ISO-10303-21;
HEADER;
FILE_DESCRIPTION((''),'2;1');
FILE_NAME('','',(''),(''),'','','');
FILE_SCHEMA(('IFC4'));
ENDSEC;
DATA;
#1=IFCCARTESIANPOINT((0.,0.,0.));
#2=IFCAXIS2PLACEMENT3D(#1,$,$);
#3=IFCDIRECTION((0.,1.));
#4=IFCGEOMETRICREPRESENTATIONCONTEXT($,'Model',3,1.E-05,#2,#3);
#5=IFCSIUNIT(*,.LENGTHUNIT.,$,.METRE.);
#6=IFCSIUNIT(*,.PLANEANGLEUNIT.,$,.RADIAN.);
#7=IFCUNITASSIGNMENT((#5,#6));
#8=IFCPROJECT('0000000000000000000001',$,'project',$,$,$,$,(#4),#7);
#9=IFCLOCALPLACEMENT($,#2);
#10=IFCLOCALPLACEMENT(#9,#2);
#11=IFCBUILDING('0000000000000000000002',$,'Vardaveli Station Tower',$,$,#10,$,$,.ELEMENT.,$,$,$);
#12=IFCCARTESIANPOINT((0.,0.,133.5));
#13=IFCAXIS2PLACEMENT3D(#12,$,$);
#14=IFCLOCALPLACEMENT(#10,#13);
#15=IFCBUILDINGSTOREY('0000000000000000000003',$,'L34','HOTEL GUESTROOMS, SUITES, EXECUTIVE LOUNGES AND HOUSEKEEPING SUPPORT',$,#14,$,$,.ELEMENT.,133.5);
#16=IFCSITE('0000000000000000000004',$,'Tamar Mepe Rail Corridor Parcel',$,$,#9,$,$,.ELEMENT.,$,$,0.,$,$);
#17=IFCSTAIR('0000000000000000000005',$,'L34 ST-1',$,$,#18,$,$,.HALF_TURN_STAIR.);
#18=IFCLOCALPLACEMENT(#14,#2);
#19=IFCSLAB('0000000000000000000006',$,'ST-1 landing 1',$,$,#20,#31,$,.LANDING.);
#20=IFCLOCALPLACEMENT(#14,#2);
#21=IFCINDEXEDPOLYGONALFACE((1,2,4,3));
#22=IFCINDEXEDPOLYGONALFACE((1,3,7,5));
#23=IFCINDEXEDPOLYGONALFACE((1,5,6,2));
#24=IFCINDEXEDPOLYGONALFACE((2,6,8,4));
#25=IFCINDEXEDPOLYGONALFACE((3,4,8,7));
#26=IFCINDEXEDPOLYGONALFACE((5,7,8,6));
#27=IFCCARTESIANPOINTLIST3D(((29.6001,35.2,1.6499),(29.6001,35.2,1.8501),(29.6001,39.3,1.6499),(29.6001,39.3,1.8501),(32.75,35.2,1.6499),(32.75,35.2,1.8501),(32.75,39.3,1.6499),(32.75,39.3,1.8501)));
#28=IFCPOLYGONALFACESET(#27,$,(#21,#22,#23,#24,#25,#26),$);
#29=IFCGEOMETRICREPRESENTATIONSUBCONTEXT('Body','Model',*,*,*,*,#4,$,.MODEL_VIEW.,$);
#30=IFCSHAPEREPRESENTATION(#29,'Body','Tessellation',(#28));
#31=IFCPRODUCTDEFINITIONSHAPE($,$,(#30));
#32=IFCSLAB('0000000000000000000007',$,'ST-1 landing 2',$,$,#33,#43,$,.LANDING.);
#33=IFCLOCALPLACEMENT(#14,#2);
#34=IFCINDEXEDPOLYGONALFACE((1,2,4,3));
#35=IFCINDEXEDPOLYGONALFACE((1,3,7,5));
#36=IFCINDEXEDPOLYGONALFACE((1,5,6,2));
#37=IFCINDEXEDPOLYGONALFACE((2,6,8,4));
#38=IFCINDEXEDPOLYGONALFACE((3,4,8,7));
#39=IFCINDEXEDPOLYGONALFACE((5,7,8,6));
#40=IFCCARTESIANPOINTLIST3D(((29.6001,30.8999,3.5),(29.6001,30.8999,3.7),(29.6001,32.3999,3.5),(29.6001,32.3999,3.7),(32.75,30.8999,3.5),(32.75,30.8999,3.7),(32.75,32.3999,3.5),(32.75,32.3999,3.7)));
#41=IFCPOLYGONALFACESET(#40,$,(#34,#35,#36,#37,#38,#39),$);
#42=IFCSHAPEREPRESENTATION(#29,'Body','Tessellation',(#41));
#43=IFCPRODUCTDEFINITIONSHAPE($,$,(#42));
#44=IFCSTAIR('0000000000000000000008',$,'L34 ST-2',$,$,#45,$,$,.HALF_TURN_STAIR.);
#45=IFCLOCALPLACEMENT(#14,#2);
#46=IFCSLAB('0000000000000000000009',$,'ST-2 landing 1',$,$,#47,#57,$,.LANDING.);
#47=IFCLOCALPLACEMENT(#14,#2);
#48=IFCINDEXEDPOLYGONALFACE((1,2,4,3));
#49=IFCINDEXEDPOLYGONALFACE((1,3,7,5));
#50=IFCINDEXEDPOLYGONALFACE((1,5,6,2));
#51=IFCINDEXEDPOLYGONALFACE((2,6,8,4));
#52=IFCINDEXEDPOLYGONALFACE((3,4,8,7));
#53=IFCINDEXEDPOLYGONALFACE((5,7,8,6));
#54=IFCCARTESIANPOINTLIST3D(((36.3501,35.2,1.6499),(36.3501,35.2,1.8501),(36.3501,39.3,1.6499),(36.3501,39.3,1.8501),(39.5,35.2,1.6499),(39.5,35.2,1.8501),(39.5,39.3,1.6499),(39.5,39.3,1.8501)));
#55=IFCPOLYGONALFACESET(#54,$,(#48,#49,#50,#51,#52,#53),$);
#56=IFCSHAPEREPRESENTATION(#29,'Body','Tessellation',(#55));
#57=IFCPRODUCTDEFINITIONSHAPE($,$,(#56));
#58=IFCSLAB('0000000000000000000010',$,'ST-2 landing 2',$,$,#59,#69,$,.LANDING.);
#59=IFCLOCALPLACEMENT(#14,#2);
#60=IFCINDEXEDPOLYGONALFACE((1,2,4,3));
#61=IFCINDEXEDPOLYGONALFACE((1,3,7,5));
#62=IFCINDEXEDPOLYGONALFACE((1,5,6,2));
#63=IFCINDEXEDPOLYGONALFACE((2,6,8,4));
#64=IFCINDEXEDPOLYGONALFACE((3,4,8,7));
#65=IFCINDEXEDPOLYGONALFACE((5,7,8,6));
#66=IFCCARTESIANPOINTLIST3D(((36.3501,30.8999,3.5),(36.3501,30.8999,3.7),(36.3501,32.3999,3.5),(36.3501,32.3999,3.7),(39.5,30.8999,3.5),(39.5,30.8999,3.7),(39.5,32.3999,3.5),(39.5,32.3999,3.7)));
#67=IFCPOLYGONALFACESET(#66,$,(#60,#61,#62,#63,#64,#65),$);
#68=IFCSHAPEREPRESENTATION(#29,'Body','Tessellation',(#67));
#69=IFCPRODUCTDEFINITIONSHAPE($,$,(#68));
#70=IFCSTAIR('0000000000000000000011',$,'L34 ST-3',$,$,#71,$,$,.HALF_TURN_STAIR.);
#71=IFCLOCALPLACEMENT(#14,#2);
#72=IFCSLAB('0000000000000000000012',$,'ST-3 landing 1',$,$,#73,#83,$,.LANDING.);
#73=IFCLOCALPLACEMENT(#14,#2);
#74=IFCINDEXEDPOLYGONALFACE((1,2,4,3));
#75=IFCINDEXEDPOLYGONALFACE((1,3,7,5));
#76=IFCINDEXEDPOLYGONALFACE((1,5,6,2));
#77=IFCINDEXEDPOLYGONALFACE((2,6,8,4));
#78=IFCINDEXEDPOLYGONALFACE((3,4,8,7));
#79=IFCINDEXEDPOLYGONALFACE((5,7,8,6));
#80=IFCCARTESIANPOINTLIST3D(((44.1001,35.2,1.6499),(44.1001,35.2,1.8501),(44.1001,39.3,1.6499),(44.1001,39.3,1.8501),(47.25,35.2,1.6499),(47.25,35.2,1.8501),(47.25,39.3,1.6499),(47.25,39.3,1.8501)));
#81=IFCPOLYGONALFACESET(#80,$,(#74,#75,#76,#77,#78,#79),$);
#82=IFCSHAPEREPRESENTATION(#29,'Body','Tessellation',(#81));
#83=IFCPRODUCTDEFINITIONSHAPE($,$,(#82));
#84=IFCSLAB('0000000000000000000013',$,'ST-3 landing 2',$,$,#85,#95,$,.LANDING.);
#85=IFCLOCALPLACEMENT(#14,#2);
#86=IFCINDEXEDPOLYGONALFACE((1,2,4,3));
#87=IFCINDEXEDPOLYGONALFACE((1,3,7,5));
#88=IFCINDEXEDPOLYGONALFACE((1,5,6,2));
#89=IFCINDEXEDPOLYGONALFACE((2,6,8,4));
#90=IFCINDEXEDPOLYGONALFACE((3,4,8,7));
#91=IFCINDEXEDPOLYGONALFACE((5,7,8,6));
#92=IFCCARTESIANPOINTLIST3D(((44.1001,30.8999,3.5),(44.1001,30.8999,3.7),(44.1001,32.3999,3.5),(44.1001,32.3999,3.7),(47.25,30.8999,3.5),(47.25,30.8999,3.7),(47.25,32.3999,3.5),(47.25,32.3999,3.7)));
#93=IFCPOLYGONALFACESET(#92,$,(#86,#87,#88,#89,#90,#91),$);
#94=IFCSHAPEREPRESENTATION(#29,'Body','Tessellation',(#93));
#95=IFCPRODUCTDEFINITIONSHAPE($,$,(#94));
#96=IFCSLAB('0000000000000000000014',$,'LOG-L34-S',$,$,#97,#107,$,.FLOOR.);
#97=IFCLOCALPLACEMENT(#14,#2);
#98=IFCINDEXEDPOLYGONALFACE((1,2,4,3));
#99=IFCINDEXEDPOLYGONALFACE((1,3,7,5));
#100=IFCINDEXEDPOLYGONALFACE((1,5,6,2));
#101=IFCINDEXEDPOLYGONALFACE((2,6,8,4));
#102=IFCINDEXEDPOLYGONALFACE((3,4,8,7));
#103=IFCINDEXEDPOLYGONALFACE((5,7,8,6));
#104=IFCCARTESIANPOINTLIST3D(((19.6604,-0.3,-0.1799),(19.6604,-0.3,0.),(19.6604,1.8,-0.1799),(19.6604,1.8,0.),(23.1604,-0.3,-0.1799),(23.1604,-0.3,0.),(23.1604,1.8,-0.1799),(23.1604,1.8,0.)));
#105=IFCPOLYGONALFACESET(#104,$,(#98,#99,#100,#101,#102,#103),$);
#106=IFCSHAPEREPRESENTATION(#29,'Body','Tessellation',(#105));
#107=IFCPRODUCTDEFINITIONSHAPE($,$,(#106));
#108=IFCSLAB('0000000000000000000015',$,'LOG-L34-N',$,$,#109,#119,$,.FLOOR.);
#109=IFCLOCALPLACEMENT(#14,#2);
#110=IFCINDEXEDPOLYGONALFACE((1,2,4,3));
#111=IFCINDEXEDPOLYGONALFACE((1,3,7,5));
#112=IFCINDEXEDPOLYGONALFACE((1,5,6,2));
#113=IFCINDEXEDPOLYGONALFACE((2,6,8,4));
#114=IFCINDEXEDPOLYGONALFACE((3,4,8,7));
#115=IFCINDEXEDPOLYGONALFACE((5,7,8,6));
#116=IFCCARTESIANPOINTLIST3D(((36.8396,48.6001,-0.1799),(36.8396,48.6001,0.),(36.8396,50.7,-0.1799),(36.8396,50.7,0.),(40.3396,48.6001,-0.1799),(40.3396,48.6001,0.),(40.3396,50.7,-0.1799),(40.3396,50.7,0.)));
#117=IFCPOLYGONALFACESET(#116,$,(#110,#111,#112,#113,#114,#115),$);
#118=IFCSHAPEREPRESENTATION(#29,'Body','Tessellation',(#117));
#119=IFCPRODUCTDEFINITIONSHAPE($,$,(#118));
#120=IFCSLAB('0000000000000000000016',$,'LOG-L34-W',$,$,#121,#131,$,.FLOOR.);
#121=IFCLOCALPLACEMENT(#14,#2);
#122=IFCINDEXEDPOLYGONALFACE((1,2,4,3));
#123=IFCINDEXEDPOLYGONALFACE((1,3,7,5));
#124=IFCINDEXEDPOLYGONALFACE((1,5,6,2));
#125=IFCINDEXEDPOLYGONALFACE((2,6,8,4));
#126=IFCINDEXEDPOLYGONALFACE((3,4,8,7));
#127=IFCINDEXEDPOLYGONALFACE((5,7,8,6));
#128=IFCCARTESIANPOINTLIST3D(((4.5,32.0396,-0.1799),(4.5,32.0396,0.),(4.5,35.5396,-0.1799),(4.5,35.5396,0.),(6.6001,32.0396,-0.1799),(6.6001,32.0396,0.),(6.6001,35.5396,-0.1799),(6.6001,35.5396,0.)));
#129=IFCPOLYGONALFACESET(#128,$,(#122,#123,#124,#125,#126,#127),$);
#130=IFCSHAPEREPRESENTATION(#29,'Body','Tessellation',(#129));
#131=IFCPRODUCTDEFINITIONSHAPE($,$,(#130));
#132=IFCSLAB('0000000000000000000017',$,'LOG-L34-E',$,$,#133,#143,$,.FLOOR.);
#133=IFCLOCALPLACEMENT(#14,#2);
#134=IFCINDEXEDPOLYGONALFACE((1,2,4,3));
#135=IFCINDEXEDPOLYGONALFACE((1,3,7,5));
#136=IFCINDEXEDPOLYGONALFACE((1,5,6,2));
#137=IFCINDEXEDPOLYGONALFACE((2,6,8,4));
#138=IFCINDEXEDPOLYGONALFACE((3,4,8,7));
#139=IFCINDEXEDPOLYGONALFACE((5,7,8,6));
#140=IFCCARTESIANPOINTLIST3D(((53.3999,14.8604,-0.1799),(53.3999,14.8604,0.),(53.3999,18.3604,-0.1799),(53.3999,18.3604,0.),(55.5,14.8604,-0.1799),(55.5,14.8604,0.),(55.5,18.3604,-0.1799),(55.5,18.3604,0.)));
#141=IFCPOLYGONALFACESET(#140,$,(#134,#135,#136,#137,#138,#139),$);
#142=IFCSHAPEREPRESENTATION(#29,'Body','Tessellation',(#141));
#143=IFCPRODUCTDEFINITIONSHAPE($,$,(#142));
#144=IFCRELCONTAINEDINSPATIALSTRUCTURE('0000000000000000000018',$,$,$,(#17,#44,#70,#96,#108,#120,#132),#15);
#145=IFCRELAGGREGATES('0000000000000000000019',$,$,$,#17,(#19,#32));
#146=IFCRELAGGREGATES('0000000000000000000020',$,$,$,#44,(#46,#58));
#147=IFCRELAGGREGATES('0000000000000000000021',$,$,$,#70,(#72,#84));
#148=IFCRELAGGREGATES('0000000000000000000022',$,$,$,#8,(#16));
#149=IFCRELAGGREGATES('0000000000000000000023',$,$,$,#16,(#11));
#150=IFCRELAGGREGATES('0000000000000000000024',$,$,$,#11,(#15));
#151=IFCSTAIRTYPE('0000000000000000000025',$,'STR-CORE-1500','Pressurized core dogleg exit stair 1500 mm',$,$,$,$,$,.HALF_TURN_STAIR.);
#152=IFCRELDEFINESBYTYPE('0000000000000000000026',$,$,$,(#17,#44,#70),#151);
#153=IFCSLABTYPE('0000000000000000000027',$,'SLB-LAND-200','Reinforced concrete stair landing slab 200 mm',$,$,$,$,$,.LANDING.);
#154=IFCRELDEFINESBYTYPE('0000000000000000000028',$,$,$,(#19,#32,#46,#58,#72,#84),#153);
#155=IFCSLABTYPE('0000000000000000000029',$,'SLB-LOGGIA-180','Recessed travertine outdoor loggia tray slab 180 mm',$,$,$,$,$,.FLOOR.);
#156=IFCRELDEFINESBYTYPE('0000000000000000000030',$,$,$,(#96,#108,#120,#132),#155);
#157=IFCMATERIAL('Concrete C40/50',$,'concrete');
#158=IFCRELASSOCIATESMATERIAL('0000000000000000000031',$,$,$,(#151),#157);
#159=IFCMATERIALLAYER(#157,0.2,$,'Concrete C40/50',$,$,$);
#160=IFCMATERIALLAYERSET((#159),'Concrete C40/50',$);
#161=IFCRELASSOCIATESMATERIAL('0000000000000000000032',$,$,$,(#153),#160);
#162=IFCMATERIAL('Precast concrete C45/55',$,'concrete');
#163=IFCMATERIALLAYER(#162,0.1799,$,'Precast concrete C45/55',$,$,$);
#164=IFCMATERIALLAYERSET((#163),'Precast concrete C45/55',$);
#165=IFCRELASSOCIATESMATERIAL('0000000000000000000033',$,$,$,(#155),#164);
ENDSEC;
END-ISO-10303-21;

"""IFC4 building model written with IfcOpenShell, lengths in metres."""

from ifc_helpers import new_model, si_unit, direction, frame, origin, place, context, subcontext, project, spatial, polyline, outline, extrude, material, layer, layer_set, type_object, element, aggregate, save


model = new_model("IFC4")

# Units and contexts
model_context = context("Model", 3, precision=1e-05, world=origin(), true_north=direction((0.0, 1.0)))
body_context = subcontext(model_context, "Body", "Model", "MODEL_VIEW")
ifc_project = project(units=[si_unit("LENGTHUNIT", "METRE"), si_unit("PLANEANGLEUNIT", "RADIAN")], contexts=[model_context])

# Site, building, storey
site_placement = place(None, origin())
site = spatial("IfcSite", under=ifc_project, at=site_placement, Name="Tamar Mepe Rail Corridor Parcel", CompositionType="ELEMENT", RefElevation=0.0)
building_placement = place(site_placement, origin())
building = spatial("IfcBuilding", under=site, at=building_placement, Name="Vardaveli Station Tower", CompositionType="ELEMENT")
storey_placement = place(building_placement, frame((0.0, 0.0, 133.5)))
storey = spatial("IfcBuildingStorey", under=building, at=storey_placement, Name="L34", Description="HOTEL GUESTROOMS, SUITES, EXECUTIVE LOUNGES AND HOUSEKEEPING SUPPORT", CompositionType="ELEMENT", Elevation=133.5)

# Stairs, slabs
ifc_material_1 = material(Name="Concrete C40/50", Category="concrete")
stair_type = type_object("IfcStairType", Name="STR-CORE-1500", Description="Pressurized core dogleg exit stair 1500 mm", PredefinedType="HALF_TURN_STAIR", material=ifc_material_1)
stair_1_placement = place(storey_placement, origin())
stair_1 = element("IfcStair", 1, at=stair_1_placement, inside=storey, type_object=stair_type, Name="L34 ST-1", PredefinedType="HALF_TURN_STAIR")
ifc_layer_1 = layer(ifc_material_1, 0.2, Name="Concrete C40/50")
ifc_layer_set_1 = layer_set([ifc_layer_1], Name="Concrete C40/50")
slab_type_1 = type_object("IfcSlabType", Name="SLB-LAND-200", Description="Reinforced concrete stair landing slab 200 mm", PredefinedType="LANDING", material=ifc_layer_set_1)
slab_1_placement = place(storey_placement, frame((0.0, 0.0, 1.6499)))
slab_1 = element("IfcSlab", 2, at=slab_1_placement, type_object=slab_type_1, Name="ST-1 landing 1", PredefinedType="LANDING", context=body_context, shape_type="SweptSolid", body=[
    extrude(outline(polyline([(32.75, 35.2), (32.75, 39.3), (29.6001, 39.3), (29.6001, 35.2), (32.75, 35.2)])), origin(), (0.0, 0.0, 1.0), 0.2002),
])
slab_2_placement = place(storey_placement, frame((0.0, 0.0, 3.5)))
slab_2 = element("IfcSlab", 3, at=slab_2_placement, type_object=slab_type_1, Name="ST-1 landing 2", PredefinedType="LANDING", context=body_context, shape_type="SweptSolid", body=[
    extrude(outline(polyline([(32.75, 30.8999), (32.75, 32.3999), (29.6001, 32.3999), (29.6001, 30.8999), (32.75, 30.8999)])), origin(), (0.0, 0.0, 1.0), 0.2),
])
aggregate(stair_1, [slab_1, slab_2])
stair_2_placement = place(storey_placement, origin())
stair_2 = element("IfcStair", 4, at=stair_2_placement, inside=storey, type_object=stair_type, Name="L34 ST-2", PredefinedType="HALF_TURN_STAIR")
slab_3_placement = place(storey_placement, frame((0.0, 0.0, 1.6499)))
slab_3 = element("IfcSlab", 5, at=slab_3_placement, type_object=slab_type_1, Name="ST-2 landing 1", PredefinedType="LANDING", context=body_context, shape_type="SweptSolid", body=[
    extrude(outline(polyline([(39.5, 35.2), (39.5, 39.3), (36.3501, 39.3), (36.3501, 35.2), (39.5, 35.2)])), origin(), (0.0, 0.0, 1.0), 0.2002),
])
slab_4_placement = place(storey_placement, frame((0.0, 0.0, 3.5)))
slab_4 = element("IfcSlab", 6, at=slab_4_placement, type_object=slab_type_1, Name="ST-2 landing 2", PredefinedType="LANDING", context=body_context, shape_type="SweptSolid", body=[
    extrude(outline(polyline([(39.5, 30.8999), (39.5, 32.3999), (36.3501, 32.3999), (36.3501, 30.8999), (39.5, 30.8999)])), origin(), (0.0, 0.0, 1.0), 0.2),
])
aggregate(stair_2, [slab_3, slab_4])
stair_3_placement = place(storey_placement, origin())
stair_3 = element("IfcStair", 7, at=stair_3_placement, inside=storey, type_object=stair_type, Name="L34 ST-3", PredefinedType="HALF_TURN_STAIR")
slab_5_placement = place(storey_placement, frame((0.0, 0.0, 1.6499)))
slab_5 = element("IfcSlab", 8, at=slab_5_placement, type_object=slab_type_1, Name="ST-3 landing 1", PredefinedType="LANDING", context=body_context, shape_type="SweptSolid", body=[
    extrude(outline(polyline([(47.25, 35.2), (47.25, 39.3), (44.1001, 39.3), (44.1001, 35.2), (47.25, 35.2)])), origin(), (0.0, 0.0, 1.0), 0.2002),
])
slab_6_placement = place(storey_placement, frame((0.0, 0.0, 3.5)))
slab_6 = element("IfcSlab", 9, at=slab_6_placement, type_object=slab_type_1, Name="ST-3 landing 2", PredefinedType="LANDING", context=body_context, shape_type="SweptSolid", body=[
    extrude(outline(polyline([(47.25, 30.8999), (47.25, 32.3999), (44.1001, 32.3999), (44.1001, 30.8999), (47.25, 30.8999)])), origin(), (0.0, 0.0, 1.0), 0.2),
])
aggregate(stair_3, [slab_5, slab_6])

# Slabs
ifc_material_2 = material(Name="Precast concrete C45/55", Category="concrete")
ifc_layer_2 = layer(ifc_material_2, 0.1799, Name="Precast concrete C45/55")
ifc_layer_set_2 = layer_set([ifc_layer_2], Name="Precast concrete C45/55")
slab_type_2 = type_object("IfcSlabType", Name="SLB-LOGGIA-180", Description="Recessed travertine outdoor loggia tray slab 180 mm", PredefinedType="FLOOR", material=ifc_layer_set_2)
slab_7_placement = place(storey_placement, frame((0.0, 0.0, -0.1799)))
element("IfcSlab", 10, at=slab_7_placement, inside=storey, type_object=slab_type_2, Name="LOG-L34-S", PredefinedType="FLOOR", context=body_context, shape_type="SweptSolid", body=[
    extrude(outline(polyline([(19.6604, -0.3), (23.1604, -0.3), (23.1604, 1.8), (19.6604, 1.8), (19.6604, -0.3)])), origin(), (0.0, 0.0, 1.0), 0.1799),
])
slab_8_placement = place(storey_placement, frame((0.0, 0.0, -0.1799)))
element("IfcSlab", 11, at=slab_8_placement, inside=storey, type_object=slab_type_2, Name="LOG-L34-N", PredefinedType="FLOOR", context=body_context, shape_type="SweptSolid", body=[
    extrude(outline(polyline([(36.8396, 48.6001), (40.3396, 48.6001), (40.3396, 50.7), (36.8396, 50.7), (36.8396, 48.6001)])), origin(), (0.0, 0.0, 1.0), 0.1799),
])
slab_9_placement = place(storey_placement, frame((0.0, 0.0, -0.1799)))
element("IfcSlab", 12, at=slab_9_placement, inside=storey, type_object=slab_type_2, Name="LOG-L34-W", PredefinedType="FLOOR", context=body_context, shape_type="SweptSolid", body=[
    extrude(outline(polyline([(4.5, 32.0396), (6.6001, 32.0396), (6.6001, 35.5396), (4.5, 35.5396), (4.5, 32.0396)])), origin(), (0.0, 0.0, 1.0), 0.1799),
])
slab_10_placement = place(storey_placement, frame((0.0, 0.0, -0.1799)))
element("IfcSlab", 13, at=slab_10_placement, inside=storey, type_object=slab_type_2, Name="LOG-L34-E", PredefinedType="FLOOR", context=body_context, shape_type="SweptSolid", body=[
    extrude(outline(polyline([(53.3999, 14.8604), (55.5, 14.8604), (55.5, 18.3604), (53.3999, 18.3604), (53.3999, 14.8604)])), origin(), (0.0, 0.0, 1.0), 0.1799),
])

save(model, "model.ifc")
